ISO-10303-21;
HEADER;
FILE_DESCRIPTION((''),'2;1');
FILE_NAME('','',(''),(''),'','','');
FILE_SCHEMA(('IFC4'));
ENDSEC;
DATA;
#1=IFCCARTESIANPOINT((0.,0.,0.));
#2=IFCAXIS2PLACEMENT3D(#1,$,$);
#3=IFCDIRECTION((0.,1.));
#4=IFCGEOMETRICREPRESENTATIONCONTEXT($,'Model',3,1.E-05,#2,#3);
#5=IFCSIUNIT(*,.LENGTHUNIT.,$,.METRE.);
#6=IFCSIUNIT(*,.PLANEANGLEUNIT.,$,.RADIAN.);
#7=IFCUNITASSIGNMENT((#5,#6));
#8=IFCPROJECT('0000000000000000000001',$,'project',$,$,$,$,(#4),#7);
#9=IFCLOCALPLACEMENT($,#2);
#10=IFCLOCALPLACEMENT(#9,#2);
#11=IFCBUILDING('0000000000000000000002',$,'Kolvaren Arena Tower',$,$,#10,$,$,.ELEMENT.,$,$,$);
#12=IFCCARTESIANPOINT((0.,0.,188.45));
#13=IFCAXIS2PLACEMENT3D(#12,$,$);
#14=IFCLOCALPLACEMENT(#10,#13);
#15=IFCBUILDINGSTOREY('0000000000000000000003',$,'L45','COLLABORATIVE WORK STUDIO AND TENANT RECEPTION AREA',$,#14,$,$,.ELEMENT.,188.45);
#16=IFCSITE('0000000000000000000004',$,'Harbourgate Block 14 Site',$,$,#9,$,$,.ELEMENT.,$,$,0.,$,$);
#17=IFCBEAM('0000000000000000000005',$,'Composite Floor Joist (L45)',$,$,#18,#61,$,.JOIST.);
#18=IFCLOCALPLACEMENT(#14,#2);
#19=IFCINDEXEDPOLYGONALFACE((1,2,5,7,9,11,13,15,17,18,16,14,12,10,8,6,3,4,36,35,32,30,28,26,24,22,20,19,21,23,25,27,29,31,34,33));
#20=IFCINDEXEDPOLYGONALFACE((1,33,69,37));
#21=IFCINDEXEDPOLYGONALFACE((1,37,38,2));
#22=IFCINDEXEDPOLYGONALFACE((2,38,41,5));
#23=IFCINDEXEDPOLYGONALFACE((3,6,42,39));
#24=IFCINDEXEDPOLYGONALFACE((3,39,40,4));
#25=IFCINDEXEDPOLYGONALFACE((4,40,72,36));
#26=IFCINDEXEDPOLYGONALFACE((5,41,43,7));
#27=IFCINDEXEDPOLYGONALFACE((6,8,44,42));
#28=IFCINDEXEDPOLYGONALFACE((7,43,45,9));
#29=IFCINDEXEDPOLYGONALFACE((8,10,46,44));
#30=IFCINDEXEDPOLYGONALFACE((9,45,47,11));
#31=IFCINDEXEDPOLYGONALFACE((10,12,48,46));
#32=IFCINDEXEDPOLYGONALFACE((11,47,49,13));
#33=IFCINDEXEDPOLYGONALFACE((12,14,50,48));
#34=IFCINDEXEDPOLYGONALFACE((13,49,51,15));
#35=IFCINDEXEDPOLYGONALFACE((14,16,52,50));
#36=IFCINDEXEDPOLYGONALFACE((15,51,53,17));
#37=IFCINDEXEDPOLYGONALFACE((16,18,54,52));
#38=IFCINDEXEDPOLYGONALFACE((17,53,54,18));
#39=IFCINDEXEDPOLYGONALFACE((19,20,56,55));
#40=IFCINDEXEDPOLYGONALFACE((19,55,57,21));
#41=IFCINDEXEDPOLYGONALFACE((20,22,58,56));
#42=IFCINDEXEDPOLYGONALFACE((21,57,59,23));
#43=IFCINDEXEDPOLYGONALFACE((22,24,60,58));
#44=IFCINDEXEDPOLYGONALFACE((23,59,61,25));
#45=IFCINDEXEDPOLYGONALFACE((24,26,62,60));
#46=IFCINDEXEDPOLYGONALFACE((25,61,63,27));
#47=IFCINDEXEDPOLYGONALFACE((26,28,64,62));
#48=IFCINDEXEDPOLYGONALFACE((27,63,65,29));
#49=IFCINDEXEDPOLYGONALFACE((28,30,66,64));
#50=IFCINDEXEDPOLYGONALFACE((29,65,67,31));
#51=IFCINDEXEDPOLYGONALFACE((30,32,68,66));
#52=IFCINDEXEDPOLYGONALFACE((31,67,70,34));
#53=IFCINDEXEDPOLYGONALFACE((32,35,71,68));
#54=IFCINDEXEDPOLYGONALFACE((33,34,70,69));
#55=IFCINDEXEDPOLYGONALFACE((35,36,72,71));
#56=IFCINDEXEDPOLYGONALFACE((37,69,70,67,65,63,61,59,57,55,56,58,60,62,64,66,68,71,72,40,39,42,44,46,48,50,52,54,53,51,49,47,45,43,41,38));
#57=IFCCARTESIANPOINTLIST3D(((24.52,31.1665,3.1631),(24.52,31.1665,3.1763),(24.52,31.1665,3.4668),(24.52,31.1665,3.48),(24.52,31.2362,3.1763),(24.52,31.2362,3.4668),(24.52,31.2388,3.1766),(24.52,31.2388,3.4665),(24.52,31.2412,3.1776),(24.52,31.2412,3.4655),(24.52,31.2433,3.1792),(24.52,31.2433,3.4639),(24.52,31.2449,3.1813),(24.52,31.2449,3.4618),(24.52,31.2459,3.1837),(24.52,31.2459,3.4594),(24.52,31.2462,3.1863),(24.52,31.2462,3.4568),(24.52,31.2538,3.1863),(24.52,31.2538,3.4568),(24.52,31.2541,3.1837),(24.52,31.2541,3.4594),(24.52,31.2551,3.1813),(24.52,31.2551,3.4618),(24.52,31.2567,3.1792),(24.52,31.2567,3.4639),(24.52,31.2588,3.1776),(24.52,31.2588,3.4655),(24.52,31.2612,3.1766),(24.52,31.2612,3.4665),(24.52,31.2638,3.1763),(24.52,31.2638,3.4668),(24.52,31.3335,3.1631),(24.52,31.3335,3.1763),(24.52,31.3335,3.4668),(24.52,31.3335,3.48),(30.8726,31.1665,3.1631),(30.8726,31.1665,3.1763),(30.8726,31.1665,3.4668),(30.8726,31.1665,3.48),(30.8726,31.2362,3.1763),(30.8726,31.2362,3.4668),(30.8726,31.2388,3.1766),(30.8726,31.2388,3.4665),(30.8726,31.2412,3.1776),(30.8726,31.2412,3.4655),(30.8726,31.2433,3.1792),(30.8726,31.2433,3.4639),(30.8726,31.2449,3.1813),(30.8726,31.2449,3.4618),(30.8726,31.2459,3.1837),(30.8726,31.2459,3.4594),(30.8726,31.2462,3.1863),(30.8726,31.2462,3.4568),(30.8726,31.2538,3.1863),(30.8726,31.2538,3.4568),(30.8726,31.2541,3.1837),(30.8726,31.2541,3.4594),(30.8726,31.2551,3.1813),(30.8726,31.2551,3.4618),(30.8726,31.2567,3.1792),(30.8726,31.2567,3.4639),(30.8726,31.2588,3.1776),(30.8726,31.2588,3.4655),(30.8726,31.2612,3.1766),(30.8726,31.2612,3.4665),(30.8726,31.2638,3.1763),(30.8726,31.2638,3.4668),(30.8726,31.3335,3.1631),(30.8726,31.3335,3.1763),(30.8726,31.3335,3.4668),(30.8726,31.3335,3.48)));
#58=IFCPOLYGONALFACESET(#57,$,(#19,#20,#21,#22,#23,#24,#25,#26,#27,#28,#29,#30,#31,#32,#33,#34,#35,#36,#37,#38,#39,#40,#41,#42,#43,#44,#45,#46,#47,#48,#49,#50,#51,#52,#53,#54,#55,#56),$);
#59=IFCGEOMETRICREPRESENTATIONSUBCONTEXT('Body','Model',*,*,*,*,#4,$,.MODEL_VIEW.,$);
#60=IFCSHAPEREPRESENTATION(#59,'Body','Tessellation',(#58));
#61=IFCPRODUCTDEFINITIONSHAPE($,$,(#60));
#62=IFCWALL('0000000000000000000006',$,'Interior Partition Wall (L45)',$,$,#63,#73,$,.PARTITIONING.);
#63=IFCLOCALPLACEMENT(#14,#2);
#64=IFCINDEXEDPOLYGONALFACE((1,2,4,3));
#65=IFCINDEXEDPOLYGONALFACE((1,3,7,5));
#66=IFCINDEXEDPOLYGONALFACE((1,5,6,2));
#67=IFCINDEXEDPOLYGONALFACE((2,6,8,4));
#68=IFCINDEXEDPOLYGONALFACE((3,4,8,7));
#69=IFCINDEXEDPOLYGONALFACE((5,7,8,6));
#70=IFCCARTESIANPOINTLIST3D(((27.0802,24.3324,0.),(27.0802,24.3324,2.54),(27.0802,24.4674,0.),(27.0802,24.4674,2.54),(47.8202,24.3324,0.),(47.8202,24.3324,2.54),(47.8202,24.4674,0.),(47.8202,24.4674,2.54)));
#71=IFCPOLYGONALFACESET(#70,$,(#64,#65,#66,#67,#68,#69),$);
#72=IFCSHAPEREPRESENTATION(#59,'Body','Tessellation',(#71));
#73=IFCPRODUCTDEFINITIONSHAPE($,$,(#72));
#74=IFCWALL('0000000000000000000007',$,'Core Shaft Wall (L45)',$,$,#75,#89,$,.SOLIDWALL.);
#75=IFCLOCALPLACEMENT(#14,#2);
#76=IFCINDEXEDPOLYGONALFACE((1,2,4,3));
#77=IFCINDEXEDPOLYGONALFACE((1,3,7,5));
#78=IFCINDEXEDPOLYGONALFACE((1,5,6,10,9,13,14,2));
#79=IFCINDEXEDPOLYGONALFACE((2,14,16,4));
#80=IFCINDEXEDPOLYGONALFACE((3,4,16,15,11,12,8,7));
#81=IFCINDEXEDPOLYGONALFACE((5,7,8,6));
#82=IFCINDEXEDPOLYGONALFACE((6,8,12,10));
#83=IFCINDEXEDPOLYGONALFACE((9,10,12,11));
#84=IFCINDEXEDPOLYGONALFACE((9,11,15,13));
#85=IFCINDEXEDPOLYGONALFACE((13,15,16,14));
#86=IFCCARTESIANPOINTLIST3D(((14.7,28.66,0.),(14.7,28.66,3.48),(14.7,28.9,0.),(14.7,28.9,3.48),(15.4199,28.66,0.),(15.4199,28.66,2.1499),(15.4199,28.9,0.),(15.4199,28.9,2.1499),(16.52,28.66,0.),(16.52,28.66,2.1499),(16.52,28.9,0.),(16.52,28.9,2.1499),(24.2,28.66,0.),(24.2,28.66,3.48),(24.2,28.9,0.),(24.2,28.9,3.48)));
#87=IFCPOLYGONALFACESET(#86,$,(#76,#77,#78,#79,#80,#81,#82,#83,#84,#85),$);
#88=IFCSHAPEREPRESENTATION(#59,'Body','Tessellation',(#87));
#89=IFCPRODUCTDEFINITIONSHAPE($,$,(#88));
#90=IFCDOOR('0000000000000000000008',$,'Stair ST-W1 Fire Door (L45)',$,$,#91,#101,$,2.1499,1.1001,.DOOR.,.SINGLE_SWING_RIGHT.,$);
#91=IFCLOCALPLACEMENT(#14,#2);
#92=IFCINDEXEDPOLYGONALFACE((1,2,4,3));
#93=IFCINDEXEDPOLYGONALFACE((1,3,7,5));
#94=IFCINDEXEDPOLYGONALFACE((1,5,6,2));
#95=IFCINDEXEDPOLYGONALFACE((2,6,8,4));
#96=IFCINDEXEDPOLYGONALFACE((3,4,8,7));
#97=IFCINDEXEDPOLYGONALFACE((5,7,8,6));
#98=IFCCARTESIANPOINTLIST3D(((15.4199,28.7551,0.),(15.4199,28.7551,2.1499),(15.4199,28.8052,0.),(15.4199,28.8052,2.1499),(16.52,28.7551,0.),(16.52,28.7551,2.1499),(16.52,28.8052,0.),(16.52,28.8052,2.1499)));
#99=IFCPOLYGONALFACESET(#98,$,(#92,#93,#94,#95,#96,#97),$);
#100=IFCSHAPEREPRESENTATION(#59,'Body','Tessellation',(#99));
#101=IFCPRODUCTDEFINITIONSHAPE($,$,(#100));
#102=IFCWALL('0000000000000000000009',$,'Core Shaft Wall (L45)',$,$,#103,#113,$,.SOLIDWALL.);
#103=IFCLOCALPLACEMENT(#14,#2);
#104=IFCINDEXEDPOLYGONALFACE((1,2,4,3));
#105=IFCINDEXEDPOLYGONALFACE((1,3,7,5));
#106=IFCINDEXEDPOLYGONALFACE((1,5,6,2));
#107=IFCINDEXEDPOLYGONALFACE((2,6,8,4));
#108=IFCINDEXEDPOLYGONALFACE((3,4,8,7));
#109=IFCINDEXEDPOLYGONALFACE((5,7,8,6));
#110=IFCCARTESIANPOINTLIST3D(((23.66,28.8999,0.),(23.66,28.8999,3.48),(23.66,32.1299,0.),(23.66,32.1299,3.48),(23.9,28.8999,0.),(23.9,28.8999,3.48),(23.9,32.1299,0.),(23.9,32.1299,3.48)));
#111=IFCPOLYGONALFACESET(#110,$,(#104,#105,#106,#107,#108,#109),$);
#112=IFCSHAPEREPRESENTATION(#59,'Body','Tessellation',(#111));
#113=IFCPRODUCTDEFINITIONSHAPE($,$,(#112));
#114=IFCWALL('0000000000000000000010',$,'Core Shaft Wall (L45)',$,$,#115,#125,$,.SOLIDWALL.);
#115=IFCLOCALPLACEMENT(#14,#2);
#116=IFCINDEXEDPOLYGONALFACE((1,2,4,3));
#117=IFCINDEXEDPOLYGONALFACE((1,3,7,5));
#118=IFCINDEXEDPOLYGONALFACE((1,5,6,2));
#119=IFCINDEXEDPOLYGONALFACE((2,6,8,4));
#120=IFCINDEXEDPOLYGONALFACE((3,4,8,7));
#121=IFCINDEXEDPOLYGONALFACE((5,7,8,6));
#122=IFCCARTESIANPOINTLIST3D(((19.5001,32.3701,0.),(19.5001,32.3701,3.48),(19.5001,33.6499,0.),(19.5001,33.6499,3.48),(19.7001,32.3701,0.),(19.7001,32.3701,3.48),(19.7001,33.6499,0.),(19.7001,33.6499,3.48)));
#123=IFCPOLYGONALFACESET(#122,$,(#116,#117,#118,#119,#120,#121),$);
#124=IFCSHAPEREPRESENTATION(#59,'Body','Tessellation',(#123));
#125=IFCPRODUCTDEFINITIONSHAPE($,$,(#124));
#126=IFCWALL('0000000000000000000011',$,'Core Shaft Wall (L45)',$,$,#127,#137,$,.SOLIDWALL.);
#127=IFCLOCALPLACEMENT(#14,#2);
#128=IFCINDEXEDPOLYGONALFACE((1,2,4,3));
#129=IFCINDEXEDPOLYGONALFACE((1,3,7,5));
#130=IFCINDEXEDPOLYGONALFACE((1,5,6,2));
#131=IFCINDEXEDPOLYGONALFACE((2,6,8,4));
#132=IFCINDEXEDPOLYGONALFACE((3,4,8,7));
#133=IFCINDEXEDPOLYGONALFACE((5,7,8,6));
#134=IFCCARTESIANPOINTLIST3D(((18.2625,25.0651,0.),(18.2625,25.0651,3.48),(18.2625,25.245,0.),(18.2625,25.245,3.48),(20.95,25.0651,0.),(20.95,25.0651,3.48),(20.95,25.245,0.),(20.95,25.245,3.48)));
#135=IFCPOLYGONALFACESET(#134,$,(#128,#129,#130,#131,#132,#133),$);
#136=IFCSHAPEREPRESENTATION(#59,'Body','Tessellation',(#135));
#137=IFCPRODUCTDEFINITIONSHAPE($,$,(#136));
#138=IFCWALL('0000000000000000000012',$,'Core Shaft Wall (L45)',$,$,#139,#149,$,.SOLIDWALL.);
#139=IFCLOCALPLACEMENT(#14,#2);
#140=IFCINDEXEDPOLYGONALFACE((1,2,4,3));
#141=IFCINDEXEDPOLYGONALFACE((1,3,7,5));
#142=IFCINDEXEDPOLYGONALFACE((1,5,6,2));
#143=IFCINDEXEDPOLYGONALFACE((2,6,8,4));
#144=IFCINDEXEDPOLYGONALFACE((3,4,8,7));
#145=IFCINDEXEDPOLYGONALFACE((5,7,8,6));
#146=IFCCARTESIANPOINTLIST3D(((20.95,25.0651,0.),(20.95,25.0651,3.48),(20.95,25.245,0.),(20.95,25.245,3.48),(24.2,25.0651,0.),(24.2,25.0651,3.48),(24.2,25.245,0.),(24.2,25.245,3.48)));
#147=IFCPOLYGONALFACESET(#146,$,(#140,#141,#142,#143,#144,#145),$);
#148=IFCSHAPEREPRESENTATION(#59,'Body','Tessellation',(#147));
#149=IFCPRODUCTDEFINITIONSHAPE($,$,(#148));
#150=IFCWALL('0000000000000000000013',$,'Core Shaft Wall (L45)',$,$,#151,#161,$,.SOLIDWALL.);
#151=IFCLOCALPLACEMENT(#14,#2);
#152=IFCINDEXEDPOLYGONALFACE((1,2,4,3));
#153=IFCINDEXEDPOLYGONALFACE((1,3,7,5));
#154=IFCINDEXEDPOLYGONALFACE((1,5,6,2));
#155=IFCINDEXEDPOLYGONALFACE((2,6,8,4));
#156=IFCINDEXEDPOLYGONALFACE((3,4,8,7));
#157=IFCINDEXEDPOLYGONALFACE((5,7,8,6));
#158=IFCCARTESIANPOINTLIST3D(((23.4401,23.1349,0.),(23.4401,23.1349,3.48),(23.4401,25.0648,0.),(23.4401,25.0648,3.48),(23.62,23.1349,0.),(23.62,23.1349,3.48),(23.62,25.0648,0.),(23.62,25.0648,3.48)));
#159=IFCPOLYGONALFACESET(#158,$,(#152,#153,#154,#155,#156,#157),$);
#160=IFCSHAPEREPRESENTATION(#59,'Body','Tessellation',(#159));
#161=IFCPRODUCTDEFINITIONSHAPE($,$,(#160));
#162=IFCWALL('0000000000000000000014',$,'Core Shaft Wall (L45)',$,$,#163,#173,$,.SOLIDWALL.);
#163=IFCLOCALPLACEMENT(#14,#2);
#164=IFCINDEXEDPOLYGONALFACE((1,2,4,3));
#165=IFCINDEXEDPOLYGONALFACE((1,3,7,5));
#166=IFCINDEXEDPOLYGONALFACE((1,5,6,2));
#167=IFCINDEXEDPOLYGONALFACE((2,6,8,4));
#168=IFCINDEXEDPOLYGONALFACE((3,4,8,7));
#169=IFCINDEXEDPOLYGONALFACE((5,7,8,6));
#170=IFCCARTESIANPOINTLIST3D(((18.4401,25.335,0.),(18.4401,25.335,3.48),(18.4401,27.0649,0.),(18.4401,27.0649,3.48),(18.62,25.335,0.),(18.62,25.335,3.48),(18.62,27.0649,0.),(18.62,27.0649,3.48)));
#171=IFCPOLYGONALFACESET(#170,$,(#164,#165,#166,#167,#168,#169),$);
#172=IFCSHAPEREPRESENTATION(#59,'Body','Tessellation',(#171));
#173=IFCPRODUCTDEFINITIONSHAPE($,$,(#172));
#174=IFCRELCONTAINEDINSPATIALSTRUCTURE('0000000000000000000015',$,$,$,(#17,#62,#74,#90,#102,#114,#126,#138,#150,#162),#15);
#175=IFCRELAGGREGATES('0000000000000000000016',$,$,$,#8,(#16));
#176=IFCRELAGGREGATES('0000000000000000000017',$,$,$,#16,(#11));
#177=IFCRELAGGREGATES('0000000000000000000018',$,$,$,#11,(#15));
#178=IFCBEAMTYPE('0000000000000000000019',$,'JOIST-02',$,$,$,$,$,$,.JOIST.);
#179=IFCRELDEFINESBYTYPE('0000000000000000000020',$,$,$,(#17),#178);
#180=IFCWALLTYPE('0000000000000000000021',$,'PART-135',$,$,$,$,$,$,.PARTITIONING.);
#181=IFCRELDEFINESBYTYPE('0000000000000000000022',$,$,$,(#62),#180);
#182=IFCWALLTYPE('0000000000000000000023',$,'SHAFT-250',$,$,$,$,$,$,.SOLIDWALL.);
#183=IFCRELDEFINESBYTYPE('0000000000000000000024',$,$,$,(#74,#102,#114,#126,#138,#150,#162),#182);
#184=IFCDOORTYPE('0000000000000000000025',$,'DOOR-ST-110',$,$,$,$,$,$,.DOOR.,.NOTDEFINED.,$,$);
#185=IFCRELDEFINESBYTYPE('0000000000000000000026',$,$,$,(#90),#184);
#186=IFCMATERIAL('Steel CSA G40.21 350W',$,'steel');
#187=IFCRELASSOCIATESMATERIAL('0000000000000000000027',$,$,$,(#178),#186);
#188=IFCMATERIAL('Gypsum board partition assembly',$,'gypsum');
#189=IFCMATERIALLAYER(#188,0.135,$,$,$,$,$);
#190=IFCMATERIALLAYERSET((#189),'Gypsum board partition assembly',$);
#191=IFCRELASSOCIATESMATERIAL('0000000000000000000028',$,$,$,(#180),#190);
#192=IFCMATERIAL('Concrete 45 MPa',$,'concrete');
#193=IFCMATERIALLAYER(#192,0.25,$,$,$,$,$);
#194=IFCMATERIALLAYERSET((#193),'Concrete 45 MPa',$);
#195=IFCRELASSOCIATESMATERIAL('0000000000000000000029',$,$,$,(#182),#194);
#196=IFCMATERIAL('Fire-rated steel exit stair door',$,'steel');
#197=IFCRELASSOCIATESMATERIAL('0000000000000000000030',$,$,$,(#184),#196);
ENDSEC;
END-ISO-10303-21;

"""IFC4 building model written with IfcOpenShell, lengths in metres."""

from ifc_helpers import new_model, si_unit, direction, frame, frame_2d, origin, origin_2d, place, context, subcontext, project, spatial, rectangle, i_section, extrude, material, layer, layer_set, material_profile, profile_set, type_object, element, fill, save


model = new_model("IFC4")

# Units and contexts
model_context = context("Model", 3, precision=1e-05, world=origin(), true_north=direction((0.0, 1.0)))
body_context = subcontext(model_context, "Body", "Model", "MODEL_VIEW")
ifc_project = project(units=[si_unit("LENGTHUNIT", "METRE"), si_unit("PLANEANGLEUNIT", "RADIAN")], contexts=[model_context])

# Site, building, storey
site_placement = place(None, origin())
site = spatial("IfcSite", under=ifc_project, at=site_placement, Name="Harbourgate Block 14 Site", CompositionType="ELEMENT", RefElevation=0.0)
building_placement = place(site_placement, origin())
building = spatial("IfcBuilding", under=site, at=building_placement, Name="Kolvaren Arena Tower", CompositionType="ELEMENT")
storey_placement = place(building_placement, frame((0.0, 0.0, 188.45)))
storey = spatial("IfcBuildingStorey", under=building, at=storey_placement, Name="L45", Description="COLLABORATIVE WORK STUDIO AND TENANT RECEPTION AREA", CompositionType="ELEMENT", Elevation=188.45)

# Beam
ifc_material_1 = material(Name="Steel CSA G40.21 350W", Category="steel")
ifc_material_profile_1 = material_profile(ifc_material_1, i_section(OverallWidth=0.167, OverallDepth=0.3169, WebThickness=0.0076, FlangeThickness=0.0132, FilletRadius=0.01, at=origin_2d()), Name="W310x52")
ifc_profile_set_1 = profile_set([ifc_material_profile_1], Name="Steel CSA G40.21 350W")
beam_type_1 = type_object("IfcBeamType", Name="JOIST-02", PredefinedType="JOIST", material=ifc_profile_set_1)
beam_1_placement = place(storey_placement, frame((24.52, 31.25, 3.3215), z_axis=(1.0, 0.0, 0.0), x_axis=(0.0, 1.0, 0.0)))
element("IfcBeam", 1, at=beam_1_placement, inside=storey, type_object=beam_type_1, Name="Composite Floor Joist (L45)", PredefinedType="JOIST", context=body_context, shape_type="SweptSolid", body=[
    extrude(i_section(OverallWidth=0.167, OverallDepth=0.3169, WebThickness=0.0076, FlangeThickness=0.0132, FilletRadius=0.01, at=origin_2d()), origin(), (0.0, 0.0, 1.0), 6.3525),
])

# Wall
ifc_material_2 = material(Name="Gypsum board partition assembly", Category="gypsum")
ifc_layer_1 = layer(ifc_material_2, 0.135)
ifc_layer_set_1 = layer_set([ifc_layer_1], Name="Gypsum board partition assembly")
wall_type_1 = type_object("IfcWallType", Name="PART-135", PredefinedType="PARTITIONING", material=ifc_layer_set_1)
wall_1_placement = place(storey_placement, frame((27.0801, 24.3999, 0.0), z_axis=(0.0, 0.0, 1.0), x_axis=(1.0, 0.0, 0.0)))
element("IfcWall", 2, at=wall_1_placement, inside=storey, type_object=wall_type_1, Name="Interior Partition Wall (L45)", PredefinedType="PARTITIONING", context=body_context, shape_type="SweptSolid", body=[
    extrude(rectangle(XDim=20.74, YDim=0.135, at=frame_2d((10.3701, 0.0))), origin(), (0.0, 0.0, 1.0), 2.54),
])

# Wall, opening, door
ifc_material_3 = material(Name="Concrete 45 MPa", Category="concrete")
ifc_layer_2 = layer(ifc_material_3, 0.25)
ifc_layer_set_2 = layer_set([ifc_layer_2], Name="Concrete 45 MPa")
wall_type_2 = type_object("IfcWallType", Name="SHAFT-250", PredefinedType="SOLIDWALL", material=ifc_layer_set_2)
wall_2_placement = place(storey_placement, frame((24.2, 28.78, 0.0), z_axis=(0.0, 0.0, 1.0), x_axis=(-1.0, 0.0, 0.0)))
wall_2 = element("IfcWall", 3, at=wall_2_placement, inside=storey, type_object=wall_type_2, Name="Core Shaft Wall (L45)", PredefinedType="SOLIDWALL", context=body_context, shape_type="SweptSolid", body=[
    extrude(rectangle(XDim=9.5, YDim=0.24, at=frame_2d((4.75, 0.0))), origin(), (0.0, 0.0, 1.0), 3.48),
])
opening_placement = place(wall_2_placement, frame((7.6799, 0.0, 0.0)))
opening = element("IfcOpeningElement", 4, at=opening_placement, cuts=wall_2, PredefinedType="OPENING", context=body_context, shape_type="SweptSolid", body=[
    extrude(rectangle(XDim=1.1001, YDim=2.1499, at=frame_2d((0.55, 1.075))), frame((0.0, 0.1299, 0.0), z_axis=(0.0, -1.0, 0.0), x_axis=(1.0, 0.0, 0.0)), (0.0, 0.0, 1.0), 0.26),
])
ifc_material_4 = material(Name="Fire-rated steel exit stair door", Category="steel")
door_type = type_object("IfcDoorType", Name="DOOR-ST-110", OperationType="NOTDEFINED", PredefinedType="DOOR", material=ifc_material_4)
door_placement = place(opening_placement, origin())
door = element("IfcDoor", 5, at=door_placement, inside=storey, type_object=door_type, Name="Stair ST-W1 Fire Door (L45)", OperationType="SINGLE_SWING_RIGHT", OverallHeight=2.1499, OverallWidth=1.1001, PredefinedType="DOOR", context=body_context, shape_type="SweptSolid", body=[
    extrude(rectangle(XDim=1.1001, YDim=2.1499, at=frame_2d((0.55, 1.075))), frame((0.0, 0.0249, 0.0), z_axis=(0.0, -1.0, 0.0), x_axis=(1.0, 0.0, 0.0)), (0.0, 0.0, 1.0), 0.05),
])
fill(opening, door)

# Walls
wall_3_placement = place(storey_placement, frame((23.78, 28.8999, 0.0), z_axis=(0.0, 0.0, 1.0), x_axis=(0.0, 1.0, 0.0)))
element("IfcWall", 6, at=wall_3_placement, inside=storey, type_object=wall_type_2, Name="Core Shaft Wall (L45)", PredefinedType="SOLIDWALL", context=body_context, shape_type="SweptSolid", body=[
    extrude(rectangle(XDim=3.23, YDim=0.24, at=frame_2d((1.615, 0.0))), origin(), (0.0, 0.0, 1.0), 3.48),
])
wall_4_placement = place(storey_placement, frame((19.6001, 32.3701, 0.0), z_axis=(0.0, 0.0, 1.0), x_axis=(0.0, 1.0, 0.0)))
element("IfcWall", 7, at=wall_4_placement, inside=storey, type_object=wall_type_2, Name="Core Shaft Wall (L45)", PredefinedType="SOLIDWALL", context=body_context, shape_type="SweptSolid", body=[
    extrude(rectangle(XDim=1.2798, YDim=0.2, at=frame_2d((0.6399, 0.0))), origin(), (0.0, 0.0, 1.0), 3.48),
])
wall_5_placement = place(storey_placement, frame((18.2625, 25.155, 0.0), z_axis=(0.0, 0.0, 1.0), x_axis=(1.0, 0.0, 0.0)))
element("IfcWall", 8, at=wall_5_placement, inside=storey, type_object=wall_type_2, Name="Core Shaft Wall (L45)", PredefinedType="SOLIDWALL", context=body_context, shape_type="SweptSolid", body=[
    extrude(rectangle(XDim=2.6875, YDim=0.1799, at=frame_2d((1.3438, 0.0))), origin(), (0.0, 0.0, 1.0), 3.48),
])
wall_6_placement = place(storey_placement, frame((20.95, 25.155, 0.0), z_axis=(0.0, 0.0, 1.0), x_axis=(1.0, 0.0, 0.0)))
element("IfcWall", 9, at=wall_6_placement, inside=storey, type_object=wall_type_2, Name="Core Shaft Wall (L45)", PredefinedType="SOLIDWALL", context=body_context, shape_type="SweptSolid", body=[
    extrude(rectangle(XDim=3.25, YDim=0.1799, at=frame_2d((1.625, 0.0))), origin(), (0.0, 0.0, 1.0), 3.48),
])
wall_7_placement = place(storey_placement, frame((23.53, 23.135, 0.0), z_axis=(0.0, 0.0, 1.0), x_axis=(0.0, 1.0, 0.0)))
element("IfcWall", 10, at=wall_7_placement, inside=storey, type_object=wall_type_2, Name="Core Shaft Wall (L45)", PredefinedType="SOLIDWALL", context=body_context, shape_type="SweptSolid", body=[
    extrude(rectangle(XDim=1.9299, YDim=0.1799, at=frame_2d((0.9648, 0.0))), origin(), (0.0, 0.0, 1.0), 3.48),
])
wall_8_placement = place(storey_placement, frame((18.53, 25.335, 0.0), z_axis=(0.0, 0.0, 1.0), x_axis=(0.0, 1.0, 0.0)))
element("IfcWall", 11, at=wall_8_placement, inside=storey, type_object=wall_type_2, Name="Core Shaft Wall (L45)", PredefinedType="SOLIDWALL", context=body_context, shape_type="SweptSolid", body=[
    extrude(rectangle(XDim=1.73, YDim=0.1799, at=frame_2d((0.865, 0.0))), origin(), (0.0, 0.0, 1.0), 3.48),
])

save(model, "model.ifc")
